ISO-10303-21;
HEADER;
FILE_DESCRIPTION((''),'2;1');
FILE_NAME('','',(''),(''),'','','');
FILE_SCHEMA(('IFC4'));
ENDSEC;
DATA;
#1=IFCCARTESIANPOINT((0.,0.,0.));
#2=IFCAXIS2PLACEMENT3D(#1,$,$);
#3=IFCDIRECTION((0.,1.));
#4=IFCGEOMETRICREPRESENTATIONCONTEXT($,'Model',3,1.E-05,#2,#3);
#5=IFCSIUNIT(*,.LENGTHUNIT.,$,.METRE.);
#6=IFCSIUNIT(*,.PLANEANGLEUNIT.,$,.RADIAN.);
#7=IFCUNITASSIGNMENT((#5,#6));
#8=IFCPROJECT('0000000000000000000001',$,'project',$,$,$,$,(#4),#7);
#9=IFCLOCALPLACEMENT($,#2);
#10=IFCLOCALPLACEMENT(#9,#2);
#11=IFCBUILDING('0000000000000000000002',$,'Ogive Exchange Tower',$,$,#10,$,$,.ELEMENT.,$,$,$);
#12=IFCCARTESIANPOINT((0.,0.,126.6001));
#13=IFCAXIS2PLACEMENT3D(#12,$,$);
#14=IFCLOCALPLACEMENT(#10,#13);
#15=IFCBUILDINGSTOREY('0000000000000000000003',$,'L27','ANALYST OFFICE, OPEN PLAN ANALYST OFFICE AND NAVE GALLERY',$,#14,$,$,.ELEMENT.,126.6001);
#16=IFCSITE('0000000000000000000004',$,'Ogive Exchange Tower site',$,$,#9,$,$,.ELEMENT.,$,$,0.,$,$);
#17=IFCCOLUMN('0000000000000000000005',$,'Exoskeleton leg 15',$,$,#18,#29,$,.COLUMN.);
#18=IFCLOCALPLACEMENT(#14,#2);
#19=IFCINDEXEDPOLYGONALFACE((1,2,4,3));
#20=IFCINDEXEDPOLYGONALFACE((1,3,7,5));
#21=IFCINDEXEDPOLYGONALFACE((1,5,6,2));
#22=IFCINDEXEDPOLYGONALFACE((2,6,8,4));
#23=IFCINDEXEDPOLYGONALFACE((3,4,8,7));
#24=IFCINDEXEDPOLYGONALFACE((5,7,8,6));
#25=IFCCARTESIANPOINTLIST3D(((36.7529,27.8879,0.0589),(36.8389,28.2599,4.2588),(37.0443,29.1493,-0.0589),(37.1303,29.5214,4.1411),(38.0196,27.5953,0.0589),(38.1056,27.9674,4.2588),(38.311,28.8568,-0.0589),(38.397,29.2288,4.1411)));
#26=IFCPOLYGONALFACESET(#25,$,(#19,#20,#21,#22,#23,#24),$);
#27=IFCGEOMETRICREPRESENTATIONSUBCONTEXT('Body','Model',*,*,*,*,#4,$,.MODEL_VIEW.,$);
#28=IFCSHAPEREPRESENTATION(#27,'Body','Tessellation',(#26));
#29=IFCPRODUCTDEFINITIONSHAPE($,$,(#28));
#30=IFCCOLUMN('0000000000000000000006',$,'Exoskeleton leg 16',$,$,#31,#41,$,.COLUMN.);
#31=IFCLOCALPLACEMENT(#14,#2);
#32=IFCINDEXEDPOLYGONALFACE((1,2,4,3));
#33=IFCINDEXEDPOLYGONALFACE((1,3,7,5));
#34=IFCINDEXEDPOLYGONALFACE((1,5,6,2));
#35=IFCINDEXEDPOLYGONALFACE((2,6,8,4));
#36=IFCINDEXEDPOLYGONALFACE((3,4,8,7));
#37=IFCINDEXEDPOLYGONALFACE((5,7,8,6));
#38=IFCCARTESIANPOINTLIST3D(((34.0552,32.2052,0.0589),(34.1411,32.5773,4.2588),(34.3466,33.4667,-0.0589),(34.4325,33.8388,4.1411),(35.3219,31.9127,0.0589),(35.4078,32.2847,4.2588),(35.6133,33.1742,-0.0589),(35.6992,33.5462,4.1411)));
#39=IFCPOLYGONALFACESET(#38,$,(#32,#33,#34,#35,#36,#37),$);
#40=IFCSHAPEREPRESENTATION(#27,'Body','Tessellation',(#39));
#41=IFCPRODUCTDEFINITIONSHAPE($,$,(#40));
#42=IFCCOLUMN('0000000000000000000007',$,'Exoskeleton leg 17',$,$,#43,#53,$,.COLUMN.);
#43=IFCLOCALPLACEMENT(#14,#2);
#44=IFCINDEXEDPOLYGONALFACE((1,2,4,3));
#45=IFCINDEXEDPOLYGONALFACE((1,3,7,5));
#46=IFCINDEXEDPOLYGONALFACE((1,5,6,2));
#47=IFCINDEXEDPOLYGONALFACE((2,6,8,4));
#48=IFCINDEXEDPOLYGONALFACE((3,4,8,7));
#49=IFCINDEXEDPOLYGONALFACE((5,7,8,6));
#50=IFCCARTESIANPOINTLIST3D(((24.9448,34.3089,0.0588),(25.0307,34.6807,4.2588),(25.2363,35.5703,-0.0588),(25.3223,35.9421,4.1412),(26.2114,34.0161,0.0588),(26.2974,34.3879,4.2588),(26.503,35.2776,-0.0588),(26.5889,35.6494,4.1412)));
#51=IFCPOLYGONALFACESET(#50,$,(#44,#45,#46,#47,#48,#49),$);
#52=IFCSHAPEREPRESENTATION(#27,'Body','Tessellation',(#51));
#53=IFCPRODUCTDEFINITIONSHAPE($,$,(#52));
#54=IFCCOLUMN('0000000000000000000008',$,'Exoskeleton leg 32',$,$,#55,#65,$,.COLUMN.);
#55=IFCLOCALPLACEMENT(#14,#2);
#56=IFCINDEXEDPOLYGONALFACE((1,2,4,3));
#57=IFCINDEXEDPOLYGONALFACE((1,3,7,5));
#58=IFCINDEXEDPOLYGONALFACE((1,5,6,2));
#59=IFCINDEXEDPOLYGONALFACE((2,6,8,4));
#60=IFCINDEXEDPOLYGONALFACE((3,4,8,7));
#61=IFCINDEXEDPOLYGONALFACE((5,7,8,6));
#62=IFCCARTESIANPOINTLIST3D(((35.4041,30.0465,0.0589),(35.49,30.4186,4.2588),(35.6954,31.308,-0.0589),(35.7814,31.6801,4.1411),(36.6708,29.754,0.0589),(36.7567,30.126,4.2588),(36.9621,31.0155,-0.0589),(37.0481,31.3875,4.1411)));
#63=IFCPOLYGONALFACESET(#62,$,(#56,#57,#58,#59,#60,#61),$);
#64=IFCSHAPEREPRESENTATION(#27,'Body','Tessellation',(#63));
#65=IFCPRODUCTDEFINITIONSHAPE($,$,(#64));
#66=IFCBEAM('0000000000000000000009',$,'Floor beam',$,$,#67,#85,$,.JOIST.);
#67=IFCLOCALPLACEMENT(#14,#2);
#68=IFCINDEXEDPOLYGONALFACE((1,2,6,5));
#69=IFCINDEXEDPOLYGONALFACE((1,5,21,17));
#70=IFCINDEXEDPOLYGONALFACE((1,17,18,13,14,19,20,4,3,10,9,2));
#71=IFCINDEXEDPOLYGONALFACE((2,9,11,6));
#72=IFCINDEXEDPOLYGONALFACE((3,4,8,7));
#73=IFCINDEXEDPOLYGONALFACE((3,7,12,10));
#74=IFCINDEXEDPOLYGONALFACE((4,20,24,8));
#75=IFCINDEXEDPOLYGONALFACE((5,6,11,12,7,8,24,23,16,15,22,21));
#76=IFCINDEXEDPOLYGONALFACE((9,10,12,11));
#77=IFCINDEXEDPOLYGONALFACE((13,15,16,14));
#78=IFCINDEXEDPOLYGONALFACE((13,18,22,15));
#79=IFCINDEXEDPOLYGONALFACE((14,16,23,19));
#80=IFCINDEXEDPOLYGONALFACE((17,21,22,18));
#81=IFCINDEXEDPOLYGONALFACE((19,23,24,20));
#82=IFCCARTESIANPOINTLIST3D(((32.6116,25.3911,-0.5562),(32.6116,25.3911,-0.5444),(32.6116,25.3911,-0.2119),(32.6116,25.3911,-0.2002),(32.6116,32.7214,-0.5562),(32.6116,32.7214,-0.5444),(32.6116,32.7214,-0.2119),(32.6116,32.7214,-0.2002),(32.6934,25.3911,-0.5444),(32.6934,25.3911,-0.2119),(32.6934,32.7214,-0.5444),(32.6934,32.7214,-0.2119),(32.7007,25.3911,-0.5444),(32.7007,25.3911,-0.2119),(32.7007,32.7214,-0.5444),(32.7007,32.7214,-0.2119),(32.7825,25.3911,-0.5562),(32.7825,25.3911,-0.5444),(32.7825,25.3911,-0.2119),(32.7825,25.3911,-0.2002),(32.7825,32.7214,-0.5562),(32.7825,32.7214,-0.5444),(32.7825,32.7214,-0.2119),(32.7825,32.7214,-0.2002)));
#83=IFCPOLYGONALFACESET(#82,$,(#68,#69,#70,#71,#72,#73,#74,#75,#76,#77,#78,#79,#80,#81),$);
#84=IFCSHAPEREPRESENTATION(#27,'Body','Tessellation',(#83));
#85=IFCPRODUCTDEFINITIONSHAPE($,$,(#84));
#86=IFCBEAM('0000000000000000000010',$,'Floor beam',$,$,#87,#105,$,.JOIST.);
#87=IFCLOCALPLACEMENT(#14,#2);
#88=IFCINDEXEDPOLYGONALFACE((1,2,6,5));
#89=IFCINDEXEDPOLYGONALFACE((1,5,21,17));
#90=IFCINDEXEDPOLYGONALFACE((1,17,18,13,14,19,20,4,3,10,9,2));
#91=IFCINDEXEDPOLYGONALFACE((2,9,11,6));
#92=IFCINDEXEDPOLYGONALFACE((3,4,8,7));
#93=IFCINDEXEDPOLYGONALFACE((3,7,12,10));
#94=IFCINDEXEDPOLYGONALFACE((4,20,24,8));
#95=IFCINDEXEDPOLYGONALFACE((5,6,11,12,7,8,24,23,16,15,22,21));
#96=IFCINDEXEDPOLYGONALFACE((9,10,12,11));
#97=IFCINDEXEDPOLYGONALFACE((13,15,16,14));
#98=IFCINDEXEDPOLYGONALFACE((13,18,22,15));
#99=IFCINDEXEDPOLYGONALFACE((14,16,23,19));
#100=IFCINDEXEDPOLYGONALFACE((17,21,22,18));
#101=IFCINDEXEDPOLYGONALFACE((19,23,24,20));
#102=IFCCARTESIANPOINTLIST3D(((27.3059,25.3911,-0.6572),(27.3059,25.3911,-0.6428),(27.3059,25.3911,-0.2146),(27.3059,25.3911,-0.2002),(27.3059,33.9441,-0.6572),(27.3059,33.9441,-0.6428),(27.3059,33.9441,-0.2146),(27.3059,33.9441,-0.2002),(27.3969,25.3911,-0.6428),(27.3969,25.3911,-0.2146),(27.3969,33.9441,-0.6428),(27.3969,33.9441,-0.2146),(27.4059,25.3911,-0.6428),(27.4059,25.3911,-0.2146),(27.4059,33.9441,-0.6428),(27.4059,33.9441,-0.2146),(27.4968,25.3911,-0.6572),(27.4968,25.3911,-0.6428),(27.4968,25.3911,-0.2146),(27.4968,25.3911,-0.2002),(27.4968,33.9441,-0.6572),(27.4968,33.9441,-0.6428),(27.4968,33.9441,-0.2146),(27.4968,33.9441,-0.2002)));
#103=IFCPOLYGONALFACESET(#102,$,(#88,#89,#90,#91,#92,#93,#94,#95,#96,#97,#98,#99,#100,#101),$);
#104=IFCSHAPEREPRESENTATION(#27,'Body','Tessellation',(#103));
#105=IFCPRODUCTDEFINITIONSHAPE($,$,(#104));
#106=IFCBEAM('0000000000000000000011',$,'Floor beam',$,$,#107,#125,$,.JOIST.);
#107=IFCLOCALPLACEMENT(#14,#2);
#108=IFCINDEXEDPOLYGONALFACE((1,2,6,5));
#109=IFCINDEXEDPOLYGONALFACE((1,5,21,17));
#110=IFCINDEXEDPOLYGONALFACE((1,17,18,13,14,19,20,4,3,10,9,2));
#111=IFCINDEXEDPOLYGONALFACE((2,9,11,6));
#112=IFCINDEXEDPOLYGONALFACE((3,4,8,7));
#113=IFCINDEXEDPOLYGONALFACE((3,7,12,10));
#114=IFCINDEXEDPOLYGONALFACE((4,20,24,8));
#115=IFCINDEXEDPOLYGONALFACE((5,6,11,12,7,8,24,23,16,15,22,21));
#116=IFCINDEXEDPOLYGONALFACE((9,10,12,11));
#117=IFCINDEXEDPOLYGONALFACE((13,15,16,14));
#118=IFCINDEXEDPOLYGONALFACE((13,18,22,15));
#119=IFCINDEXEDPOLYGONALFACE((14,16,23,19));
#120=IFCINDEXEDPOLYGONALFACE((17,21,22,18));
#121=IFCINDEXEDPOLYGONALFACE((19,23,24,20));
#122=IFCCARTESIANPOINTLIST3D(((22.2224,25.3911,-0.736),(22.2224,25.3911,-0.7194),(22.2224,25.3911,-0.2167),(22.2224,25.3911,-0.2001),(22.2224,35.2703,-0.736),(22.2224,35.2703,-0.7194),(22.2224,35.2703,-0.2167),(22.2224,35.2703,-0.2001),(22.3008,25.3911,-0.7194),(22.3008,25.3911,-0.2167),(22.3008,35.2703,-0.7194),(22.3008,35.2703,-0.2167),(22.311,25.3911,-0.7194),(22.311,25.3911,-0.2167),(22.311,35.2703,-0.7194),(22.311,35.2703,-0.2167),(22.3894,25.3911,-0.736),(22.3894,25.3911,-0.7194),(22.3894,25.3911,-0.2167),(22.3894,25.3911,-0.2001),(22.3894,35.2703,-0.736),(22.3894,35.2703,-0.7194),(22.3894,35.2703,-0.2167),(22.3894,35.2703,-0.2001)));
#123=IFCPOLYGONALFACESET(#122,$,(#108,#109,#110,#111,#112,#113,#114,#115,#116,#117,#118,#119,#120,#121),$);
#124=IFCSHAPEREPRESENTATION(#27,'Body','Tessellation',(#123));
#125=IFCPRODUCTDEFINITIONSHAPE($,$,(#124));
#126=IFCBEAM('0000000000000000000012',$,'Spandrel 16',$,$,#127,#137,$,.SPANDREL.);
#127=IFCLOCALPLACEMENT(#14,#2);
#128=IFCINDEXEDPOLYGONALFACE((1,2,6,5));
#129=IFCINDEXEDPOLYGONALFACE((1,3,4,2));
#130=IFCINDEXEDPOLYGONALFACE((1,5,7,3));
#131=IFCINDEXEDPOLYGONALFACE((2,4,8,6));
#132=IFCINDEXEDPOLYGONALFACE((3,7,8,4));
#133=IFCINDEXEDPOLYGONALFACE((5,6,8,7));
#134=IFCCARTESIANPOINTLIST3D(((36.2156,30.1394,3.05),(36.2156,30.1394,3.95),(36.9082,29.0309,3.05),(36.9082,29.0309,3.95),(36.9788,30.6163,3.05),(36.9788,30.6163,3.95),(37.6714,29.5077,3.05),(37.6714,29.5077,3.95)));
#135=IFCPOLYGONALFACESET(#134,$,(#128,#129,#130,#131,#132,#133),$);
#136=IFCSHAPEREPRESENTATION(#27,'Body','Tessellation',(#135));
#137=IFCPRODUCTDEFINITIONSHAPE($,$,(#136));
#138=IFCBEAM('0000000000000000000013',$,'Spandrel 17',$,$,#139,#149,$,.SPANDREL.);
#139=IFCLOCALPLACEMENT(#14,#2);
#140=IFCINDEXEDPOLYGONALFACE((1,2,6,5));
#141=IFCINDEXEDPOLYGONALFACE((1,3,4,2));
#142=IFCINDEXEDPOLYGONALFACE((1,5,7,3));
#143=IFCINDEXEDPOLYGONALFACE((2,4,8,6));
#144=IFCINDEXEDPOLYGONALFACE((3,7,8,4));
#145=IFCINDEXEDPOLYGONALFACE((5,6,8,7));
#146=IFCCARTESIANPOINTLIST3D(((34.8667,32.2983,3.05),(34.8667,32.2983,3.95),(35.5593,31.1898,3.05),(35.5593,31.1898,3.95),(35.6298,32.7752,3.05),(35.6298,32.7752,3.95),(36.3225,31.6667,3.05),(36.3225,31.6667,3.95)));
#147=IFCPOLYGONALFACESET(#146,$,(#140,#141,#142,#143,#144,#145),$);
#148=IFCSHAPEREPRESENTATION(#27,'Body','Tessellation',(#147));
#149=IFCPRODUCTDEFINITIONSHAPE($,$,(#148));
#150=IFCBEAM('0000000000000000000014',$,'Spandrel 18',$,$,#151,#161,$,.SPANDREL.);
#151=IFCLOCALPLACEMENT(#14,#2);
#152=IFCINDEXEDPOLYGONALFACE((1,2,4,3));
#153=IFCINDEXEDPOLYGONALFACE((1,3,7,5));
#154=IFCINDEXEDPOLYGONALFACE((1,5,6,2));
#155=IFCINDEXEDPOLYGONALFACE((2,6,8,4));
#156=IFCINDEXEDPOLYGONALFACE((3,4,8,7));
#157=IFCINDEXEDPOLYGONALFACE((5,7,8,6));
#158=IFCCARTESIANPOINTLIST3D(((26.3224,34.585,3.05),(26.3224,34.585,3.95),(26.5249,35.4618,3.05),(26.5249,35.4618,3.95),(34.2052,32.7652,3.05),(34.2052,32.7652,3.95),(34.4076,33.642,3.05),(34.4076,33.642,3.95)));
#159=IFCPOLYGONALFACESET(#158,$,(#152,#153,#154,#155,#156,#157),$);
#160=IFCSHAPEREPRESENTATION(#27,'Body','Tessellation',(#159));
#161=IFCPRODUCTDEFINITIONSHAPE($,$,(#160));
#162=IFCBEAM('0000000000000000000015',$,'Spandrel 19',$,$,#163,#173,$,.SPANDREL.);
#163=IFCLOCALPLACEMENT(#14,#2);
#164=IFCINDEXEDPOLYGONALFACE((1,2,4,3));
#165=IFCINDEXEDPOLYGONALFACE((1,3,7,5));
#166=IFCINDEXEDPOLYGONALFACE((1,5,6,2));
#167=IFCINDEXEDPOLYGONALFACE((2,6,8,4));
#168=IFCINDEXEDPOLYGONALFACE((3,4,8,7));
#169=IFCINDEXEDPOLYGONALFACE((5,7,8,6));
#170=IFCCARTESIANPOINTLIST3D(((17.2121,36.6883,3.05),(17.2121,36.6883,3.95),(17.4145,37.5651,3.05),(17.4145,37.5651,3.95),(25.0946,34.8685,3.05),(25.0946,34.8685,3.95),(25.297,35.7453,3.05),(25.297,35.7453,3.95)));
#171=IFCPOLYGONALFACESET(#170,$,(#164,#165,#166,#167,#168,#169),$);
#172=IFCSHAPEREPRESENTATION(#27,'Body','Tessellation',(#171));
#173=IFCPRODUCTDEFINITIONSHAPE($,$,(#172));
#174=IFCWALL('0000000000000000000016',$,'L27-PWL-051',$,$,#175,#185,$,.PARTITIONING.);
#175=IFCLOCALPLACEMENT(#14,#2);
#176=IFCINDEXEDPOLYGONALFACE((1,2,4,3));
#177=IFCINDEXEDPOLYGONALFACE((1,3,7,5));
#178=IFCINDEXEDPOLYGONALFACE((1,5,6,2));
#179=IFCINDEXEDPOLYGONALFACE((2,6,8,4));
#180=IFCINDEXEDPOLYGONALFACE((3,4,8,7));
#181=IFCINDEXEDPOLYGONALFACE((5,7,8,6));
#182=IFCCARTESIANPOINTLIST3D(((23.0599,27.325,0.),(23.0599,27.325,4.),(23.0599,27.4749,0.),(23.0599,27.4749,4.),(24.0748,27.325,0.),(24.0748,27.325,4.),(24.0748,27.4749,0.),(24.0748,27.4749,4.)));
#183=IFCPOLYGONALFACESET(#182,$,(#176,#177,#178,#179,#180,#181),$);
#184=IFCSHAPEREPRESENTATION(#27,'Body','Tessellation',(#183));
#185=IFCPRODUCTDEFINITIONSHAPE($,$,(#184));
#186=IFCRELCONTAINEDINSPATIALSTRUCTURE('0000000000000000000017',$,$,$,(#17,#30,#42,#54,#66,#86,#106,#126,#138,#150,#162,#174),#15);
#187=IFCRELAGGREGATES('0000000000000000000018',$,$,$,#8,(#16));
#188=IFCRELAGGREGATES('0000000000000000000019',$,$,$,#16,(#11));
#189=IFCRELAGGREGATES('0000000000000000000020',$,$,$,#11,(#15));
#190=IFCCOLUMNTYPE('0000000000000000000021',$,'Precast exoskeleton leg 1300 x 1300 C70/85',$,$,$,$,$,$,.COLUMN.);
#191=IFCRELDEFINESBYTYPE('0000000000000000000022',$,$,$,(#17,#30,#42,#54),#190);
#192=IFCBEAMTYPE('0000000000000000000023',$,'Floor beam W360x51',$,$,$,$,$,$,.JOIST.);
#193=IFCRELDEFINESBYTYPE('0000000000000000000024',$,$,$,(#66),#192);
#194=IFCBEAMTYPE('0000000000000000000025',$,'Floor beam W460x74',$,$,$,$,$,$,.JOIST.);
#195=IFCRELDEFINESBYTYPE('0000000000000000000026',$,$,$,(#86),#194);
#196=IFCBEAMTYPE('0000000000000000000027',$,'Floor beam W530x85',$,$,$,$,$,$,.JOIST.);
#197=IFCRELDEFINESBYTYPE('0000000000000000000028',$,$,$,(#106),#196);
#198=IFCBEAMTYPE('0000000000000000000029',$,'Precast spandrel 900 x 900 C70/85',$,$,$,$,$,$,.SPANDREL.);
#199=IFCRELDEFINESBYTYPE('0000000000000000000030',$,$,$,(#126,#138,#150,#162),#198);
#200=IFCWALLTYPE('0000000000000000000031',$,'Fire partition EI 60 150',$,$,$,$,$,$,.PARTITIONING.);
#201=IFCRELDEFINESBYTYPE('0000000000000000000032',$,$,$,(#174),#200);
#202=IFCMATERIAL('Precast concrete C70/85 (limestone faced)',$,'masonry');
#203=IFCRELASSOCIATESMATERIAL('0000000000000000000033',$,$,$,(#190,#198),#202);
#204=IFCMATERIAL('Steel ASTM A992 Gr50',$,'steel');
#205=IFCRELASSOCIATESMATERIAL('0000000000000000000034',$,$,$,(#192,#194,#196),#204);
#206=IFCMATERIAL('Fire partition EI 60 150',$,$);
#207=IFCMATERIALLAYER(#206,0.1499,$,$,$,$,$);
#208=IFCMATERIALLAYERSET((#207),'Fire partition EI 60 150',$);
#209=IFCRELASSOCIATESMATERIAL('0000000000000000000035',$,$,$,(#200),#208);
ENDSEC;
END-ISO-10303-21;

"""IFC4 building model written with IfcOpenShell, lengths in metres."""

from ifc_helpers import new_model, si_unit, direction, frame, frame_2d, origin, origin_2d, place, context, subcontext, project, spatial, rectangle, i_section, extrude, material, layer, layer_set, material_profile, profile_set, type_object, element, save


model = new_model("IFC4")

# Units and contexts
model_context = context("Model", 3, precision=1e-05, world=origin(), true_north=direction((0.0, 1.0)))
body_context = subcontext(model_context, "Body", "Model", "MODEL_VIEW")
ifc_project = project(units=[si_unit("LENGTHUNIT", "METRE"), si_unit("PLANEANGLEUNIT", "RADIAN")], contexts=[model_context])

# Site, building, storey
site_placement = place(None, origin())
site = spatial("IfcSite", under=ifc_project, at=site_placement, Name="Ogive Exchange Tower site", CompositionType="ELEMENT", RefElevation=0.0)
building_placement = place(site_placement, origin())
building = spatial("IfcBuilding", under=site, at=building_placement, Name="Ogive Exchange Tower", CompositionType="ELEMENT")
storey_placement = place(building_placement, frame((0.0, 0.0, 126.6001)))
storey = spatial("IfcBuildingStorey", under=building, at=storey_placement, Name="L27", Description="ANALYST OFFICE, OPEN PLAN ANALYST OFFICE AND NAVE GALLERY", CompositionType="ELEMENT", Elevation=126.6001)

# Columns
ifc_material_1 = material(Name="Precast concrete C70/85 (limestone faced)", Category="masonry")
ifc_material_profile_1 = material_profile(ifc_material_1, rectangle(XDim=1.3, YDim=1.3, at=origin_2d()), Name="1300 x 1300")
ifc_profile_set_1 = profile_set([ifc_material_profile_1], Name="Precast concrete C70/85 (limestone faced)")
column_type = type_object("IfcColumnType", Name="Precast exoskeleton leg 1300 x 1300 C70/85", PredefinedType="COLUMN", material=ifc_profile_set_1)
for number, where, z_axis, x_axis, name in (
    (1, (37.532, 28.3723, 0.0), (0.020377, 0.088225, 0.995892), (-0.974348, 0.225046, 0.0), "Exoskeleton leg 15"),
    (2, (34.8342, 32.6897, 0.0), (0.020377, 0.088225, 0.995892), (-0.974348, 0.225046, 0.0), "Exoskeleton leg 16"),
    (3, (25.7239, 34.7932, 0.0), (0.020378, 0.088168, 0.995897), (-0.974316, 0.225187, 0.0), "Exoskeleton leg 17"),
    (4, (36.1831, 30.531, 0.0), (0.020377, 0.088225, 0.995892), (-0.974348, 0.225046, 0.0), "Exoskeleton leg 32"),
):
    element("IfcColumn", number, at=place(storey_placement, frame(where, z_axis=z_axis, x_axis=x_axis)), inside=storey, type_object=column_type, Name=name, PredefinedType="COLUMN", context=body_context, shape_type="SweptSolid", body=[
        extrude(rectangle(XDim=1.3, YDim=1.3, at=origin_2d()), origin(), (0.0, 0.0, 1.0), 4.2173),
    ])

# Beams
ifc_material_2 = material(Name="Steel ASTM A992 Gr50", Category="steel")
ifc_material_profile_2 = material_profile(ifc_material_2, i_section(OverallWidth=0.1709, OverallDepth=0.356, WebThickness=0.0073, FlangeThickness=0.0117, at=origin_2d()), Name="W360x51")
ifc_profile_set_2 = profile_set([ifc_material_profile_2], Name="Steel ASTM A992 Gr50")
beam_type_1 = type_object("IfcBeamType", Name="Floor beam W360x51", PredefinedType="JOIST", material=ifc_profile_set_2)
beam_1_placement = place(storey_placement, frame((32.697, 25.3911, -0.3782), z_axis=(0.0, 1.0, 0.0), x_axis=(-1.0, 0.0, 0.0)))
element("IfcBeam", 5, at=beam_1_placement, inside=storey, type_object=beam_type_1, Name="Floor beam", PredefinedType="JOIST", context=body_context, shape_type="SweptSolid", body=[
    extrude(i_section(OverallWidth=0.1709, OverallDepth=0.356, WebThickness=0.0073, FlangeThickness=0.0117, at=origin_2d()), origin(), (0.0, 0.0, 1.0), 7.3303),
])
ifc_material_profile_3 = material_profile(ifc_material_2, i_section(OverallWidth=0.1909, OverallDepth=0.457, WebThickness=0.009, FlangeThickness=0.0144, at=origin_2d()), Name="W460x74")
ifc_profile_set_3 = profile_set([ifc_material_profile_3], Name="Steel ASTM A992 Gr50")
beam_type_2 = type_object("IfcBeamType", Name="Floor beam W460x74", PredefinedType="JOIST", material=ifc_profile_set_3)
beam_2_placement = place(storey_placement, frame((27.4014, 25.3911, -0.4287), z_axis=(0.0, 1.0, 0.0), x_axis=(-1.0, 0.0, 0.0)))
element("IfcBeam", 6, at=beam_2_placement, inside=storey, type_object=beam_type_2, Name="Floor beam", PredefinedType="JOIST", context=body_context, shape_type="SweptSolid", body=[
    extrude(i_section(OverallWidth=0.1909, OverallDepth=0.457, WebThickness=0.009, FlangeThickness=0.0144, at=origin_2d()), origin(), (0.0, 0.0, 1.0), 8.553),
])
ifc_material_profile_4 = material_profile(ifc_material_2, i_section(OverallWidth=0.167, OverallDepth=0.5359, WebThickness=0.0103, FlangeThickness=0.0166, at=origin_2d()), Name="W530x85")
ifc_profile_set_4 = profile_set([ifc_material_profile_4], Name="Steel ASTM A992 Gr50")
beam_type_3 = type_object("IfcBeamType", Name="Floor beam W530x85", PredefinedType="JOIST", material=ifc_profile_set_4)
beam_3_placement = place(storey_placement, frame((22.3059, 25.3911, -0.468), z_axis=(0.0, 1.0, 0.0), x_axis=(-1.0, 0.0, 0.0)))
element("IfcBeam", 7, at=beam_3_placement, inside=storey, type_object=beam_type_3, Name="Floor beam", PredefinedType="JOIST", context=body_context, shape_type="SweptSolid", body=[
    extrude(i_section(OverallWidth=0.167, OverallDepth=0.5359, WebThickness=0.0103, FlangeThickness=0.0166, at=origin_2d()), origin(), (0.0, 0.0, 1.0), 9.8792),
])
ifc_material_profile_5 = material_profile(ifc_material_1, rectangle(XDim=0.8999, YDim=0.8999, at=origin_2d()), Name="900 x 900")
ifc_profile_set_5 = profile_set([ifc_material_profile_5], Name="Precast concrete C70/85 (limestone faced)")
beam_type_4 = type_object("IfcBeamType", Name="Precast spandrel 900 x 900 C70/85", PredefinedType="SPANDREL", material=ifc_profile_set_5)
for number, where, z_axis, x_axis, name in (
    (8, (37.2898, 29.2693, 3.5), (-0.529848, 0.848093, 0.0), (-0.848093, -0.529848, 0.0), "Spandrel 16"),
    (9, (35.9409, 31.4282, 3.5), (-0.529932, 0.84804, 0.0), (-0.84804, -0.529932, 0.0), "Spandrel 17"),
):
    element("IfcBeam", number, at=place(storey_placement, frame(where, z_axis=z_axis, x_axis=x_axis)), inside=storey, type_object=beam_type_4, Name=name, PredefinedType="SPANDREL", context=body_context, shape_type="SweptSolid", body=[
        extrude(rectangle(XDim=0.8999, YDim=0.8999, at=origin_2d()), origin(), (0.0, 0.0, 1.0), 1.3071),
    ])
beam_4_placement = place(storey_placement, frame((34.3064, 33.2036, 3.5), z_axis=(-0.974372, 0.224943, 0.0), x_axis=(-0.224943, -0.974372, 0.0)))
element("IfcBeam", 10, at=beam_4_placement, inside=storey, type_object=beam_type_4, Name="Spandrel 18", PredefinedType="SPANDREL", context=body_context, shape_type="SweptSolid", body=[
    extrude(rectangle(XDim=0.8999, YDim=0.8999, at=origin_2d()), origin(), (0.0, 0.0, 1.0), 8.0901),
])
beam_5_placement = place(storey_placement, frame((25.1958, 35.3069, 3.5), z_axis=(-0.97437, 0.22495, 0.0), x_axis=(-0.22495, -0.97437, 0.0)))
element("IfcBeam", 11, at=beam_5_placement, inside=storey, type_object=beam_type_4, Name="Spandrel 19", PredefinedType="SPANDREL", context=body_context, shape_type="SweptSolid", body=[
    extrude(rectangle(XDim=0.8999, YDim=0.8999, at=origin_2d()), origin(), (0.0, 0.0, 1.0), 8.0898),
])

# Wall
ifc_material_3 = material(Name="Fire partition EI 60 150")
ifc_layer_1 = layer(ifc_material_3, 0.1499)
ifc_layer_set_1 = layer_set([ifc_layer_1], Name="Fire partition EI 60 150")
wall_type_1 = type_object("IfcWallType", Name="Fire partition EI 60 150", PredefinedType="PARTITIONING", material=ifc_layer_set_1)
wall_1_placement = place(storey_placement, frame((23.0601, 27.3999, 0.0), z_axis=(0.0, 0.0, 1.0), x_axis=(1.0, 0.0, 0.0)))
element("IfcWall", 12, at=wall_1_placement, inside=storey, type_object=wall_type_1, Name="L27-PWL-051", PredefinedType="PARTITIONING", context=body_context, shape_type="SweptSolid", body=[
    extrude(rectangle(XDim=1.0149, YDim=0.1499, at=frame_2d((0.5073, 0.0))), origin(), (0.0, 0.0, 1.0), 4.0),
])

save(model, "model.ifc")
